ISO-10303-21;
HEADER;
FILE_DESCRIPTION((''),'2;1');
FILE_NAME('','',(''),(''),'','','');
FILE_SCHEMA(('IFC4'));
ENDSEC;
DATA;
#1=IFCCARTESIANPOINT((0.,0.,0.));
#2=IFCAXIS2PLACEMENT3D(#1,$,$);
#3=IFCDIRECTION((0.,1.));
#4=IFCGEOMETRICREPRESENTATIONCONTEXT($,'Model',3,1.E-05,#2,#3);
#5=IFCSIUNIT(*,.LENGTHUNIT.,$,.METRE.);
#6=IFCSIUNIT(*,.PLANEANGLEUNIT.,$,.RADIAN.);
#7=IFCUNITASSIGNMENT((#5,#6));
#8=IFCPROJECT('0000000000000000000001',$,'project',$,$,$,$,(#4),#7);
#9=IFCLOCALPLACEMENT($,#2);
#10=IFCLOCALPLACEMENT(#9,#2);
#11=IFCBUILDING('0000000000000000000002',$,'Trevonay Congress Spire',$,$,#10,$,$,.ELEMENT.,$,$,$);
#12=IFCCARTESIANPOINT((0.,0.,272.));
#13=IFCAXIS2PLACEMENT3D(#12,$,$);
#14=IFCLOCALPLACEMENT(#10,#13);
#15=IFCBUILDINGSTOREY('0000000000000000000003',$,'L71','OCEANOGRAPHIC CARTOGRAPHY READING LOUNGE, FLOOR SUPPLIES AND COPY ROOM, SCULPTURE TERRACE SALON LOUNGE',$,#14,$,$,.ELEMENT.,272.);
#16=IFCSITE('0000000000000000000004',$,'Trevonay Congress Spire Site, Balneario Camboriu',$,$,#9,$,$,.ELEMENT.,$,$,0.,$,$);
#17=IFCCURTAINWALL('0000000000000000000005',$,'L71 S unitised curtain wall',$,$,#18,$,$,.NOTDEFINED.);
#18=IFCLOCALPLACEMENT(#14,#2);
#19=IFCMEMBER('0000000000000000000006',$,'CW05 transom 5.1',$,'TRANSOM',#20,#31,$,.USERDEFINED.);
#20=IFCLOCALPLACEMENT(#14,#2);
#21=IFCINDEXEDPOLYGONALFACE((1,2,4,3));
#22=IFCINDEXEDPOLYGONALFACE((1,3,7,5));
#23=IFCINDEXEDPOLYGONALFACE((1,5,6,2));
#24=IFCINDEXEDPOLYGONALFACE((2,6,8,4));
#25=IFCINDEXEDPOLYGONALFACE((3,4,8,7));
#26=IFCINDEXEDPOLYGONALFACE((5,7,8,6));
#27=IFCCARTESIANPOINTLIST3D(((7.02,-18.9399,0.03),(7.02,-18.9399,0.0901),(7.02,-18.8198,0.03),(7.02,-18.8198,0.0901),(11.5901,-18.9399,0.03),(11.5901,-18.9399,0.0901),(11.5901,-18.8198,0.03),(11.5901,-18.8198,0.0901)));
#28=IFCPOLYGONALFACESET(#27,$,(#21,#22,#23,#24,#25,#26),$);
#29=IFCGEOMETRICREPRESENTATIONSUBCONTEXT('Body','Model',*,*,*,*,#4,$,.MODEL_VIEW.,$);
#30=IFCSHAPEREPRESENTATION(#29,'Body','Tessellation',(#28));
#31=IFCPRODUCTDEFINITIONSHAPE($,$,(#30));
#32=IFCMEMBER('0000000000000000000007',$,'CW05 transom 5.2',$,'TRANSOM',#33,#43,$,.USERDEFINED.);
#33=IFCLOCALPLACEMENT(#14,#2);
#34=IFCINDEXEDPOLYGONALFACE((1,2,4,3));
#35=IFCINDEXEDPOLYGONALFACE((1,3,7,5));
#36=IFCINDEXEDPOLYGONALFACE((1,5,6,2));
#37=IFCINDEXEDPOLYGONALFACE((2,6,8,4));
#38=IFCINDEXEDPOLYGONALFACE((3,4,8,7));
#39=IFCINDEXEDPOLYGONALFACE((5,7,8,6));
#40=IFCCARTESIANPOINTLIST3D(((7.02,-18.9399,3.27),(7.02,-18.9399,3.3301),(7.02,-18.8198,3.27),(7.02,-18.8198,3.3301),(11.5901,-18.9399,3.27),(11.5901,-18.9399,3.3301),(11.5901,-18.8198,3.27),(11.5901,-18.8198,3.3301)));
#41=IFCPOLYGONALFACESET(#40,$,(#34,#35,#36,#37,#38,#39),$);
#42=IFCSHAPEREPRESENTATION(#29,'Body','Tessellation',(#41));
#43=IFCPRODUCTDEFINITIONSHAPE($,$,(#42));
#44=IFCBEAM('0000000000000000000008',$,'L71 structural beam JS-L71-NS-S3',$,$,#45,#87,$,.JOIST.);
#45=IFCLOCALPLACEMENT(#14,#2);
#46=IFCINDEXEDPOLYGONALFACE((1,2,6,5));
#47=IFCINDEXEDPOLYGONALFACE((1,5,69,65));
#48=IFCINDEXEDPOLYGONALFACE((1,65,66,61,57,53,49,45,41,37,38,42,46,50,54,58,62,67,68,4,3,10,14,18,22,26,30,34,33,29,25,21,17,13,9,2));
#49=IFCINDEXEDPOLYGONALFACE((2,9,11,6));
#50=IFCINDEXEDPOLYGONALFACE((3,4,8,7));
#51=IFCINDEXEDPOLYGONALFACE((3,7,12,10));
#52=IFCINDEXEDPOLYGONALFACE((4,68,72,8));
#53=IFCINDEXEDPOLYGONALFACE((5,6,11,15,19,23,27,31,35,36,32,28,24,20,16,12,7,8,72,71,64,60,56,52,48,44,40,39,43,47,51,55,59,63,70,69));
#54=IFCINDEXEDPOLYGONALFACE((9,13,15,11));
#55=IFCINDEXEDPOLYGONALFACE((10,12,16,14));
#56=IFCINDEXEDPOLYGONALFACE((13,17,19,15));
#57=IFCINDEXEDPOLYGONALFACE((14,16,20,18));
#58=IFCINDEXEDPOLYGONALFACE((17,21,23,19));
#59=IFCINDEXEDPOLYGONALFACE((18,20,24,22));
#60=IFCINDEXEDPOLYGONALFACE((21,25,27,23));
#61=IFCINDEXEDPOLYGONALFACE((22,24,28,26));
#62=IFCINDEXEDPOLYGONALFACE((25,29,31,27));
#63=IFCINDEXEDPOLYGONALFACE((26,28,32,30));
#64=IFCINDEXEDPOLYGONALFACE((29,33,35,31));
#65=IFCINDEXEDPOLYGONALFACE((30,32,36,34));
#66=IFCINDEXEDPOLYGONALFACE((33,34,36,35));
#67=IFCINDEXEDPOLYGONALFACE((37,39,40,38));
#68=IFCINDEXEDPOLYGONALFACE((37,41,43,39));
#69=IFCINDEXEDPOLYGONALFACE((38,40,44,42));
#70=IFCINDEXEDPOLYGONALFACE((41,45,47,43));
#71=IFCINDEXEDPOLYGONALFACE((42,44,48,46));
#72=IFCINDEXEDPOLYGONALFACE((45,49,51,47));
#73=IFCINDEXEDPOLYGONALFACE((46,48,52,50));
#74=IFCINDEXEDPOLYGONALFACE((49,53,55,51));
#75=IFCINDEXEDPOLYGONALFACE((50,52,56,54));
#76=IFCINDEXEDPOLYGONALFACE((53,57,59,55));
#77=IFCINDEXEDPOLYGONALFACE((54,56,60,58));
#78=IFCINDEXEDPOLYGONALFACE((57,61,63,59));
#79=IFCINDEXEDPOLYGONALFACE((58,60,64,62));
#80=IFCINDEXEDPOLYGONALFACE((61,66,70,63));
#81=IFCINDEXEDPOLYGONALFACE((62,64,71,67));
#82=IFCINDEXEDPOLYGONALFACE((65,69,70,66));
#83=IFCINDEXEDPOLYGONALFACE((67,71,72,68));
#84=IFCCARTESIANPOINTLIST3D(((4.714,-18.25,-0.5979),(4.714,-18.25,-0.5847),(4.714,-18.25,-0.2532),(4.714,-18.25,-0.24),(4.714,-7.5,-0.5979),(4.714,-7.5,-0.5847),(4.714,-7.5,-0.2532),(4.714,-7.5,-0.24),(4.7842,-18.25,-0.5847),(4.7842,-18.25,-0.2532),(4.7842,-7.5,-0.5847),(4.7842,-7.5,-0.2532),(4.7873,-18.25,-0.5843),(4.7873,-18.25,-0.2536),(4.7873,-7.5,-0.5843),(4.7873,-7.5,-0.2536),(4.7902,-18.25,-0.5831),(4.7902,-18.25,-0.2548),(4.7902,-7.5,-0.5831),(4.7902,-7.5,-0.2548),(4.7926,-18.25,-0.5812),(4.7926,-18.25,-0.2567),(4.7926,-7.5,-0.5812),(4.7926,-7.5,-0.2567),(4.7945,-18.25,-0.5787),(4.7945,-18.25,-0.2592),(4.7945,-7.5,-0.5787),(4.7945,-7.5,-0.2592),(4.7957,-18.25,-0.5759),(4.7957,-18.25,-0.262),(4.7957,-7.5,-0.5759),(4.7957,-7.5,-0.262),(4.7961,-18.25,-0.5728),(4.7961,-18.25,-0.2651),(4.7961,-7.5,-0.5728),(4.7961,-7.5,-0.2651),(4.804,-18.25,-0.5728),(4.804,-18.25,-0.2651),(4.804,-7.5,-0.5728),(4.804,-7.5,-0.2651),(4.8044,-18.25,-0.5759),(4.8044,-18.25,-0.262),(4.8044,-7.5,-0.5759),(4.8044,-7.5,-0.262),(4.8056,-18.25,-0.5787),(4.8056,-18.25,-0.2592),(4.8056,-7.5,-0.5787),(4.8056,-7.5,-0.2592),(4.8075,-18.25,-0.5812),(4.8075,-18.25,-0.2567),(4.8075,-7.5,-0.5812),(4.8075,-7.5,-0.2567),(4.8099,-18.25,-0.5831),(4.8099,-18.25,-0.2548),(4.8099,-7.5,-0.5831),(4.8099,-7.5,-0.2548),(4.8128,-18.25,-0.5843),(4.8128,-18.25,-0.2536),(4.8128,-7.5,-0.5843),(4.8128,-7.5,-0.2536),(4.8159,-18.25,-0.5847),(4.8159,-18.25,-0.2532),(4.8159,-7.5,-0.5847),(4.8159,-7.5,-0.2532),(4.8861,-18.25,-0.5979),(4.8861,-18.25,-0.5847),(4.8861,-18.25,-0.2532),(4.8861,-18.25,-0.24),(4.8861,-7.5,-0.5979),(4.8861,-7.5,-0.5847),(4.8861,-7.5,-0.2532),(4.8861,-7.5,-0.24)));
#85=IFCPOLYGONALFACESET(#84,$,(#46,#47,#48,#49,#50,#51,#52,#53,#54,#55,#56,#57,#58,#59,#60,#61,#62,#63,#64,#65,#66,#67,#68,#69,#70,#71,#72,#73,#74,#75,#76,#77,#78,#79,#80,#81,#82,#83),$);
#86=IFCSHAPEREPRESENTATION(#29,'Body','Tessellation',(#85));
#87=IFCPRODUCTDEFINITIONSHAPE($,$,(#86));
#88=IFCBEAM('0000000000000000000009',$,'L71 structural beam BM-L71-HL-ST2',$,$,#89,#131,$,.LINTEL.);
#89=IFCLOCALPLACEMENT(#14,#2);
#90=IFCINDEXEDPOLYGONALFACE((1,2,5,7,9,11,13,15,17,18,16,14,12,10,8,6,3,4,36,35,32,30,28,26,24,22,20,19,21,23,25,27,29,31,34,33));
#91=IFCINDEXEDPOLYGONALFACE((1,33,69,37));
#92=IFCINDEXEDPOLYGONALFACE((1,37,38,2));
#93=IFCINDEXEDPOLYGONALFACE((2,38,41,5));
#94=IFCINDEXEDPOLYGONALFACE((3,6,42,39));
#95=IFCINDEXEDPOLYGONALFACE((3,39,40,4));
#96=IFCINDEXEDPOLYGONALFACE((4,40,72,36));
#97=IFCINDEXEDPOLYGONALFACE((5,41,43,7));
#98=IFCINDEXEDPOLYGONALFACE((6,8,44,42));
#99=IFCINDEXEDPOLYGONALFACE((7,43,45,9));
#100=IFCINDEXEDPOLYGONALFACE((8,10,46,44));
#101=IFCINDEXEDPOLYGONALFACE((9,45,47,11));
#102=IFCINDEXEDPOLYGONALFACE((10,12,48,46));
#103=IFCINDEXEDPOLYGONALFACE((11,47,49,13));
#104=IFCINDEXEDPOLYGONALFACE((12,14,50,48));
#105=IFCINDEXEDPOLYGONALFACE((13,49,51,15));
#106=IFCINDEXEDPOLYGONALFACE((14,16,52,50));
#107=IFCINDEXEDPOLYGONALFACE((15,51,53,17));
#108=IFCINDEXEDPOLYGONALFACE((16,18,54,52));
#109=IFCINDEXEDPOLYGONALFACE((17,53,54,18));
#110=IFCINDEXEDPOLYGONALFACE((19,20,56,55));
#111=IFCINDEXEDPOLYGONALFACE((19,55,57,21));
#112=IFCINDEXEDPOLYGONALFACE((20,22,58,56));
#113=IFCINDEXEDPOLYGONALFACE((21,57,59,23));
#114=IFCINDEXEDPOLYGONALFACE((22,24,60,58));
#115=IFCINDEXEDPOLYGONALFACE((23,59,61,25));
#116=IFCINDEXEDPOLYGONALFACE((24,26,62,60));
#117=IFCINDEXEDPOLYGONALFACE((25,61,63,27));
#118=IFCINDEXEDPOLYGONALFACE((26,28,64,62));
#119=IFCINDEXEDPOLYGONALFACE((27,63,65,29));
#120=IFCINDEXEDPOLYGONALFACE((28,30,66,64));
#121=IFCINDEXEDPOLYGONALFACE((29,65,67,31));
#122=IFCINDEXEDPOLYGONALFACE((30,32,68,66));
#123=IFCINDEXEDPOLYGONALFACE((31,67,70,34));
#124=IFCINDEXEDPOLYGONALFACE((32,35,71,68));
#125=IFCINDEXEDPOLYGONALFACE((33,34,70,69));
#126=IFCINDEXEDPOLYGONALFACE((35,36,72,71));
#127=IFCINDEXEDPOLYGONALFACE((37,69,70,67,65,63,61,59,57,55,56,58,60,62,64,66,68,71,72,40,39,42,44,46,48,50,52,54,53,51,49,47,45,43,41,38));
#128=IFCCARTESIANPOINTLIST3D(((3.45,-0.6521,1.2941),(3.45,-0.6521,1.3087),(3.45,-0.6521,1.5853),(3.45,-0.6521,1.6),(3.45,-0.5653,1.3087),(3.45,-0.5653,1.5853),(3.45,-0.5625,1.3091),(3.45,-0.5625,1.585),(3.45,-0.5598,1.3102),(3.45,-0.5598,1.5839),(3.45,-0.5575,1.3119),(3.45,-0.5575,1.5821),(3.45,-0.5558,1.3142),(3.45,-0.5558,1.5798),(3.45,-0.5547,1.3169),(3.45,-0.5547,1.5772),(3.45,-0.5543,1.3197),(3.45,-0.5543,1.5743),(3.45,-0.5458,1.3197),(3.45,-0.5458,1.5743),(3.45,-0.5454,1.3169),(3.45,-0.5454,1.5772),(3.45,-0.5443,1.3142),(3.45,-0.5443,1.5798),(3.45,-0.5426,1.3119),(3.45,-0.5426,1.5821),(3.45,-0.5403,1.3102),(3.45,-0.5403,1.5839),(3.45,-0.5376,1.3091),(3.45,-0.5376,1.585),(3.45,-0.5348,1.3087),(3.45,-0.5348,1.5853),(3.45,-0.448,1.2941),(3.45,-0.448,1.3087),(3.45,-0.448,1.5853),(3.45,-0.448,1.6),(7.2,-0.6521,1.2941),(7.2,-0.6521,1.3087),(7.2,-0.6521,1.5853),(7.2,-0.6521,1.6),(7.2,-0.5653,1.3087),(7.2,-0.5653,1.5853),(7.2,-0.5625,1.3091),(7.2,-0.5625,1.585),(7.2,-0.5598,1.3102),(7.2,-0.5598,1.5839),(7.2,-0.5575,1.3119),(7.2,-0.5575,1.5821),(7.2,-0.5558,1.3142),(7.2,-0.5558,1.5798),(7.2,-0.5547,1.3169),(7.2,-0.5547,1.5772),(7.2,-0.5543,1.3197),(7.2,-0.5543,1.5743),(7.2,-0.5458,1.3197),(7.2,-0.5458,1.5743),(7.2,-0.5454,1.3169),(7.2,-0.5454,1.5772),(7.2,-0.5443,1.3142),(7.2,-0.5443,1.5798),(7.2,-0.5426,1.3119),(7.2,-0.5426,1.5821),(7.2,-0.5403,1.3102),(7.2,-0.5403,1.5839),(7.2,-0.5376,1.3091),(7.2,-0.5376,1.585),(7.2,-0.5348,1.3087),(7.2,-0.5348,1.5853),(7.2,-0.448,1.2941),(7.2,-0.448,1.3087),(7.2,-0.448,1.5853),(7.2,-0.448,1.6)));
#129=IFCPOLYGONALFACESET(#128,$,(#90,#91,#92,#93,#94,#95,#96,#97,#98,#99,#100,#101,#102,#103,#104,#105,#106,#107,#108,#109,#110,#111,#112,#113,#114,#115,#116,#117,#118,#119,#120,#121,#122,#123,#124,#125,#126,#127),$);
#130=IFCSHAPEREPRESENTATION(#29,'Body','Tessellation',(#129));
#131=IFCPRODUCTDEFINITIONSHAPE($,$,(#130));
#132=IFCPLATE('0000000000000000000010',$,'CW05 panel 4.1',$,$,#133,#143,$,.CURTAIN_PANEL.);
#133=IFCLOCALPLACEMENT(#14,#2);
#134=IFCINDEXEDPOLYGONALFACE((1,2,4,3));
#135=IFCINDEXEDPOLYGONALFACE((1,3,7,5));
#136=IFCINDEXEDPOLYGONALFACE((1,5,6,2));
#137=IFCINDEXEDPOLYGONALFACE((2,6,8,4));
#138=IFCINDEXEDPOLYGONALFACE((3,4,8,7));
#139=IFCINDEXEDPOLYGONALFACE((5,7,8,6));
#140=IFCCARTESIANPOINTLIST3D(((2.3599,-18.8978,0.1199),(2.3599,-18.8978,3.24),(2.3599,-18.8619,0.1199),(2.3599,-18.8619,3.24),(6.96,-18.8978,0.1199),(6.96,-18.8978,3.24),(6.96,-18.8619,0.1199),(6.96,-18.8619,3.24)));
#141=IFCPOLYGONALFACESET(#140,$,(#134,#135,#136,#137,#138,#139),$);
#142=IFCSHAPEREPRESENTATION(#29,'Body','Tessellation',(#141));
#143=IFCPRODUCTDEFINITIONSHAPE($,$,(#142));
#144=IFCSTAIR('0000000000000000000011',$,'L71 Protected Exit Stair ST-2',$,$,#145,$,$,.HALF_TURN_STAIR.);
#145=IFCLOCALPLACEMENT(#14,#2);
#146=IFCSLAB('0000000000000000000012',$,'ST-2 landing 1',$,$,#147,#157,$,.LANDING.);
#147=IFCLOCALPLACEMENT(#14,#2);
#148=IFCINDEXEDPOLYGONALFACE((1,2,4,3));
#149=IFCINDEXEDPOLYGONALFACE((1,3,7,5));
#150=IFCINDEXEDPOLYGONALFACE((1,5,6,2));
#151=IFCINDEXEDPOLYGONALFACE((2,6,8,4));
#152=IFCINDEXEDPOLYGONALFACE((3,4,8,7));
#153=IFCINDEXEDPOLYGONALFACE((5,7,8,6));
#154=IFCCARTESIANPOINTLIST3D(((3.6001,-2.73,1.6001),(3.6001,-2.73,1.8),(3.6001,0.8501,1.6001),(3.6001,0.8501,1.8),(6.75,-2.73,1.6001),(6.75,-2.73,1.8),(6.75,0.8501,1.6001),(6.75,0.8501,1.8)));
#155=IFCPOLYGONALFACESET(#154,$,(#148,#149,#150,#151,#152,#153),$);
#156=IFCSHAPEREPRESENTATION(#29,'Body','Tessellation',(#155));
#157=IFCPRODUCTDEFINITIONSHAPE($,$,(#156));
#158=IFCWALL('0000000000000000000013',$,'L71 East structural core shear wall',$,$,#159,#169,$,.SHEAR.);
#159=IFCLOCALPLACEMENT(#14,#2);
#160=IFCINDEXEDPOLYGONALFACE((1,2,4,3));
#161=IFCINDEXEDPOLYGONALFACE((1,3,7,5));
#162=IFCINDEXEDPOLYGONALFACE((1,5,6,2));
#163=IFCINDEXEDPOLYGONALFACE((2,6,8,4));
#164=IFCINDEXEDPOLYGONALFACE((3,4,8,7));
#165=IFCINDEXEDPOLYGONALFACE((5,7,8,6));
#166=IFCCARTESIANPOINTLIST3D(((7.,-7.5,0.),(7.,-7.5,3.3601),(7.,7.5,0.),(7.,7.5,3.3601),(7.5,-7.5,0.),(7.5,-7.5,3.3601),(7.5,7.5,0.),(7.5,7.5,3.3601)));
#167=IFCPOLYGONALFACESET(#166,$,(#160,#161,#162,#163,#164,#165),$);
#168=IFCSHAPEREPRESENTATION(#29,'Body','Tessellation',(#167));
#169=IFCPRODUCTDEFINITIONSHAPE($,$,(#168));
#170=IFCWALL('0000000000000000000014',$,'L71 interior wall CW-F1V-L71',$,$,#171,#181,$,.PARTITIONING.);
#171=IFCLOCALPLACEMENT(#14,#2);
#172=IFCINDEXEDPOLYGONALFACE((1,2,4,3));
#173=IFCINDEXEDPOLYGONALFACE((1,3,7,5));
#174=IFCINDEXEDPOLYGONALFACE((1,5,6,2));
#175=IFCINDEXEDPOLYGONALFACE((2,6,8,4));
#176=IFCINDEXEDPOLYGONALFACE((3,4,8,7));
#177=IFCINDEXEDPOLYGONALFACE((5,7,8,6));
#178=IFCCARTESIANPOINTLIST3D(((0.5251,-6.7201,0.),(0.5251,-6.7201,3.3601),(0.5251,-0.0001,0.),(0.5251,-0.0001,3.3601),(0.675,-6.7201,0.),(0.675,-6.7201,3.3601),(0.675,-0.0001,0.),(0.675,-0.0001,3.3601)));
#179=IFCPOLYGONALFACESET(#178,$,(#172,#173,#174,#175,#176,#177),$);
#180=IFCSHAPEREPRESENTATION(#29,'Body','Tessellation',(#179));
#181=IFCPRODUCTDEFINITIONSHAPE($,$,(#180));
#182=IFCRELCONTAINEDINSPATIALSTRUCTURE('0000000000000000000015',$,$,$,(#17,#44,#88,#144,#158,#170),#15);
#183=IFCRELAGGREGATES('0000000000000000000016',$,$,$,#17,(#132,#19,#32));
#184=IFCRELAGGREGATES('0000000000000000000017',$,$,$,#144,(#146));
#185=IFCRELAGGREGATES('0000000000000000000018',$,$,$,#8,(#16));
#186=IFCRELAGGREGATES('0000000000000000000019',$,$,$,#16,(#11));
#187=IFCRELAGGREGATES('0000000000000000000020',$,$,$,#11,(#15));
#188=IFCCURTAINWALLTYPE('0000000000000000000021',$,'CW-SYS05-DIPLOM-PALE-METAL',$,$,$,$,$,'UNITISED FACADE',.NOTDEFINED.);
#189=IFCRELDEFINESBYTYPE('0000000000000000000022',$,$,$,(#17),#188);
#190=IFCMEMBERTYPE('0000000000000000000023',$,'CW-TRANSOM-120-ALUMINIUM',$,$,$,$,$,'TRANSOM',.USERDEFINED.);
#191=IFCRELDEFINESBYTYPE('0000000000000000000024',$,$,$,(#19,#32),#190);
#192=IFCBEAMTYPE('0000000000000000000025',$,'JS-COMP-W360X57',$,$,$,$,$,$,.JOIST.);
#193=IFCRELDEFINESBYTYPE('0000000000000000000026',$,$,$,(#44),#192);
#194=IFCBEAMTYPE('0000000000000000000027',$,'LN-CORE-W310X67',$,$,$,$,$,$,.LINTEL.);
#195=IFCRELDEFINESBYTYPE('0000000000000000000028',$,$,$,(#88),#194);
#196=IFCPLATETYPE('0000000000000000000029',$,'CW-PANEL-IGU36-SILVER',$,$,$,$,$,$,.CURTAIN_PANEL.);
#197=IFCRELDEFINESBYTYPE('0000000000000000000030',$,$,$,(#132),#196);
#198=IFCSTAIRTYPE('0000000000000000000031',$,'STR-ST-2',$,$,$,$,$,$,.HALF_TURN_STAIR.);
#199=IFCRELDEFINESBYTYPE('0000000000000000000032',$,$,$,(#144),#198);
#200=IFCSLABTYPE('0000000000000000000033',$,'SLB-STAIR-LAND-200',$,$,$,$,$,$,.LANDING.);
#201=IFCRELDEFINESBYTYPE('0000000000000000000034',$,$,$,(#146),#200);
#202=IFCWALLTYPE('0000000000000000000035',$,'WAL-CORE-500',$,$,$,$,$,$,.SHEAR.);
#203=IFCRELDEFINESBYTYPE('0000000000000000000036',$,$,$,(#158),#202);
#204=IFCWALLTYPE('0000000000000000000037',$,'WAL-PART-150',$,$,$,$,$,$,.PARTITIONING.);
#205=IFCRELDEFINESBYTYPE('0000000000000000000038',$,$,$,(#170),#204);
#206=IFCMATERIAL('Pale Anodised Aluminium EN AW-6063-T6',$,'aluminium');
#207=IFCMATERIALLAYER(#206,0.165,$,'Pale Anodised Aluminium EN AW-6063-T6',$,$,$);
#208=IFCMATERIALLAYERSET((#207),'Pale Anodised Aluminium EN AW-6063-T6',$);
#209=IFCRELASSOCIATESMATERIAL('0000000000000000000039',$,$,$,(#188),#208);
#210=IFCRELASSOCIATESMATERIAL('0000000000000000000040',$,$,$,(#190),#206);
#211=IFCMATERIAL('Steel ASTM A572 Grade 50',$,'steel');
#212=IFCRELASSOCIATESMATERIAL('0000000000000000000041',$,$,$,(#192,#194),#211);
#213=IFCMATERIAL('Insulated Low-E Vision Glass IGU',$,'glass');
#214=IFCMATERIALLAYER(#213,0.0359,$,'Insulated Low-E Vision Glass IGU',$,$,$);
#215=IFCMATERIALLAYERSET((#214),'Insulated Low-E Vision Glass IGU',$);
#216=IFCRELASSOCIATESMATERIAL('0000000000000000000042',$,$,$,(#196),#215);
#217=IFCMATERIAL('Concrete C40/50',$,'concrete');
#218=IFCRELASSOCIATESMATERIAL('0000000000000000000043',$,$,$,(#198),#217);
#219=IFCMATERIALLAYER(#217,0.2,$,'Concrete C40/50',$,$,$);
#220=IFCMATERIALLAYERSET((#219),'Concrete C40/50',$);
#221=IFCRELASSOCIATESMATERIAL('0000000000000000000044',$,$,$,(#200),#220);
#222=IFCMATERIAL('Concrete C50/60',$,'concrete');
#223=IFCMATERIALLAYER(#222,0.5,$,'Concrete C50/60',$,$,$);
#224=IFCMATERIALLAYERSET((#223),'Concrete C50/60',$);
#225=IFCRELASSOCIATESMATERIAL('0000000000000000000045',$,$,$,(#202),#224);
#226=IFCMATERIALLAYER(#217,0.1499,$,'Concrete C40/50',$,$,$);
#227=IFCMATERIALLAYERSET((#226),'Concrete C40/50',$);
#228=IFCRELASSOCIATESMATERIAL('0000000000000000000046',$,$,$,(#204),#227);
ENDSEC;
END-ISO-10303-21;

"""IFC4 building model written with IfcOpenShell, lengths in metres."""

from ifc_helpers import new_model, si_unit, direction, frame, frame_2d, origin, origin_2d, place, context, subcontext, project, spatial, polyline, rectangle, i_section, outline, extrude, material, layer, layer_set, material_profile, profile_set, type_object, element, aggregate, save


model = new_model("IFC4")

# Units and contexts
model_context = context("Model", 3, precision=1e-05, world=origin(), true_north=direction((0.0, 1.0)))
body_context = subcontext(model_context, "Body", "Model", "MODEL_VIEW")
ifc_project = project(units=[si_unit("LENGTHUNIT", "METRE"), si_unit("PLANEANGLEUNIT", "RADIAN")], contexts=[model_context])

# Site, building, storey
site_placement = place(None, origin())
site = spatial("IfcSite", under=ifc_project, at=site_placement, Name="Trevonay Congress Spire Site, Balneario Camboriu", CompositionType="ELEMENT", RefElevation=0.0)
building_placement = place(site_placement, origin())
building = spatial("IfcBuilding", under=site, at=building_placement, Name="Trevonay Congress Spire", CompositionType="ELEMENT")
storey_placement = place(building_placement, frame((0.0, 0.0, 272.0)))
storey = spatial("IfcBuildingStorey", under=building, at=storey_placement, Name="L71", Description="OCEANOGRAPHIC CARTOGRAPHY READING LOUNGE, FLOOR SUPPLIES AND COPY ROOM, SCULPTURE TERRACE SALON LOUNGE", CompositionType="ELEMENT", Elevation=272.0)

# Shared definitions
ifc_material_1 = material(Name="Steel ASTM A572 Grade 50", Category="steel")

# Curtain wall, members
ifc_material_2 = material(Name="Pale Anodised Aluminium EN AW-6063-T6", Category="aluminium")
ifc_layer_1 = layer(ifc_material_2, 0.165, Name="Pale Anodised Aluminium EN AW-6063-T6")
ifc_layer_set_1 = layer_set([ifc_layer_1], Name="Pale Anodised Aluminium EN AW-6063-T6")
curtain_wall_type = type_object("IfcCurtainWallType", Name="CW-SYS05-DIPLOM-PALE-METAL", ElementType="UNITISED FACADE", PredefinedType="NOTDEFINED", material=ifc_layer_set_1)
curtain_wall_placement = place(storey_placement, origin())
curtain_wall = element("IfcCurtainWall", 1, at=curtain_wall_placement, inside=storey, type_object=curtain_wall_type, Name="L71 S unitised curtain wall", PredefinedType="NOTDEFINED")
ifc_material_profile_1 = material_profile(ifc_material_2, rectangle(XDim=0.1201, YDim=0.0601, at=origin_2d()), Name="CW-TRANSOM-120-ALUMINIUM")
ifc_profile_set_1 = profile_set([ifc_material_profile_1], Name="Pale Anodised Aluminium EN AW-6063-T6")
member_type_1 = type_object("IfcMemberType", Name="CW-TRANSOM-120-ALUMINIUM", ElementType="TRANSOM", PredefinedType="USERDEFINED", material=ifc_profile_set_1)
member_1_placement = place(storey_placement, frame((7.02, -18.8799, 0.0601), z_axis=(1.0, 0.0, 0.0), x_axis=(0.0, 1.0, 0.0)))
member_1 = element("IfcMember", 2, at=member_1_placement, type_object=member_type_1, Name="CW05 transom 5.1", ObjectType="TRANSOM", PredefinedType="USERDEFINED", context=body_context, shape_type="SweptSolid", body=[
    extrude(rectangle(XDim=0.1201, YDim=0.0601, at=origin_2d()), origin(), (0.0, 0.0, 1.0), 4.5701),
])
member_2_placement = place(storey_placement, frame((7.02, -18.8799, 3.3), z_axis=(1.0, 0.0, 0.0), x_axis=(0.0, 1.0, 0.0)))
member_2 = element("IfcMember", 3, at=member_2_placement, type_object=member_type_1, Name="CW05 transom 5.2", ObjectType="TRANSOM", PredefinedType="USERDEFINED", context=body_context, shape_type="SweptSolid", body=[
    extrude(rectangle(XDim=0.1201, YDim=0.0601, at=origin_2d()), origin(), (0.0, 0.0, 1.0), 4.5701),
])

# Beams
ifc_material_profile_2 = material_profile(ifc_material_1, i_section(OverallWidth=0.1721, OverallDepth=0.3579, WebThickness=0.0078, FlangeThickness=0.0132, FilletRadius=0.012, at=origin_2d()), Name="W360x57.8")
ifc_profile_set_2 = profile_set([ifc_material_profile_2], Name="Steel ASTM A572 Grade 50")
beam_type_1 = type_object("IfcBeamType", Name="JS-COMP-W360X57", PredefinedType="JOIST", material=ifc_profile_set_2)
beam_1_placement = place(storey_placement, frame((4.8, -18.25, -0.4189), z_axis=(0.0, 1.0, 0.0), x_axis=(-1.0, 0.0, 0.0)))
element("IfcBeam", 4, at=beam_1_placement, inside=storey, type_object=beam_type_1, Name="L71 structural beam JS-L71-NS-S3", PredefinedType="JOIST", context=body_context, shape_type="SweptSolid", body=[
    extrude(i_section(OverallWidth=0.1721, OverallDepth=0.3579, WebThickness=0.0078, FlangeThickness=0.0132, FilletRadius=0.012, at=origin_2d()), origin(), (0.0, 0.0, 1.0), 10.75),
])
ifc_material_profile_3 = material_profile(ifc_material_1, i_section(OverallWidth=0.2041, OverallDepth=0.3059, WebThickness=0.0085, FlangeThickness=0.0146, FilletRadius=0.011, at=origin_2d()), Name="W310x67")
ifc_profile_set_3 = profile_set([ifc_material_profile_3], Name="Steel ASTM A572 Grade 50")
beam_type_2 = type_object("IfcBeamType", Name="LN-CORE-W310X67", PredefinedType="LINTEL", material=ifc_profile_set_3)
beam_2_placement = place(storey_placement, frame((3.45, -0.55, 1.447), z_axis=(1.0, 0.0, 0.0), x_axis=(0.0, 1.0, 0.0)))
element("IfcBeam", 5, at=beam_2_placement, inside=storey, type_object=beam_type_2, Name="L71 structural beam BM-L71-HL-ST2", PredefinedType="LINTEL", context=body_context, shape_type="SweptSolid", body=[
    extrude(i_section(OverallWidth=0.2041, OverallDepth=0.3059, WebThickness=0.0085, FlangeThickness=0.0146, FilletRadius=0.011, at=origin_2d()), origin(), (0.0, 0.0, 1.0), 3.75),
])

# Plate
ifc_material_3 = material(Name="Insulated Low-E Vision Glass IGU", Category="glass")
ifc_layer_2 = layer(ifc_material_3, 0.0359, Name="Insulated Low-E Vision Glass IGU")
ifc_layer_set_2 = layer_set([ifc_layer_2], Name="Insulated Low-E Vision Glass IGU")
plate_type = type_object("IfcPlateType", Name="CW-PANEL-IGU36-SILVER", PredefinedType="CURTAIN_PANEL", material=ifc_layer_set_2)
plate_placement = place(storey_placement, frame((4.6599, -18.8799, 0.1199), z_axis=(0.0, 0.0, 1.0), x_axis=(1.0, 0.0, 0.0)))
plate = element("IfcPlate", 6, at=plate_placement, type_object=plate_type, Name="CW05 panel 4.1", PredefinedType="CURTAIN_PANEL", context=body_context, shape_type="SweptSolid", body=[
    extrude(rectangle(XDim=4.6001, YDim=0.0359, at=origin_2d()), origin(), (0.0, 0.0, 1.0), 3.1201),
])
aggregate(curtain_wall, [plate, member_1, member_2])

# Stair, slab
ifc_material_4 = material(Name="Concrete C40/50", Category="concrete")
stair_type = type_object("IfcStairType", Name="STR-ST-2", PredefinedType="HALF_TURN_STAIR", material=ifc_material_4)
stair_placement = place(storey_placement, origin())
stair = element("IfcStair", 7, at=stair_placement, inside=storey, type_object=stair_type, Name="L71 Protected Exit Stair ST-2", PredefinedType="HALF_TURN_STAIR")
ifc_layer_3 = layer(ifc_material_4, 0.2, Name="Concrete C40/50")
ifc_layer_set_3 = layer_set([ifc_layer_3], Name="Concrete C40/50")
slab_type = type_object("IfcSlabType", Name="SLB-STAIR-LAND-200", PredefinedType="LANDING", material=ifc_layer_set_3)
slab_placement = place(storey_placement, frame((0.0, 0.0, 1.6001)))
slab = element("IfcSlab", 8, at=slab_placement, type_object=slab_type, Name="ST-2 landing 1", PredefinedType="LANDING", context=body_context, shape_type="SweptSolid", body=[
    extrude(outline(polyline([(6.75, -2.73), (6.75, 0.8501), (3.6001, 0.8501), (3.6001, -2.73), (6.75, -2.73)])), origin(), (0.0, 0.0, 1.0), 0.2),
])

# Walls
ifc_material_5 = material(Name="Concrete C50/60", Category="concrete")
ifc_layer_4 = layer(ifc_material_5, 0.5, Name="Concrete C50/60")
ifc_layer_set_4 = layer_set([ifc_layer_4], Name="Concrete C50/60")
wall_type_1 = type_object("IfcWallType", Name="WAL-CORE-500", PredefinedType="SHEAR", material=ifc_layer_set_4)
wall_1_placement = place(storey_placement, frame((7.25, -7.5, 0.0), z_axis=(0.0, 0.0, 1.0), x_axis=(0.0, 1.0, 0.0)))
element("IfcWall", 9, at=wall_1_placement, inside=storey, type_object=wall_type_1, Name="L71 East structural core shear wall", PredefinedType="SHEAR", context=body_context, shape_type="SweptSolid", body=[
    extrude(rectangle(XDim=15.0, YDim=0.5, at=frame_2d((7.5, 0.0))), origin(), (0.0, 0.0, 1.0), 3.3601),
])
ifc_layer_5 = layer(ifc_material_4, 0.1499, Name="Concrete C40/50")
ifc_layer_set_5 = layer_set([ifc_layer_5], Name="Concrete C40/50")
wall_type_2 = type_object("IfcWallType", Name="WAL-PART-150", PredefinedType="PARTITIONING", material=ifc_layer_set_5)
wall_2_placement = place(storey_placement, frame((0.6001, -6.72, 0.0), z_axis=(0.0, 0.0, 1.0), x_axis=(0.0, 1.0, 0.0)))
element("IfcWall", 10, at=wall_2_placement, inside=storey, type_object=wall_type_2, Name="L71 interior wall CW-F1V-L71", PredefinedType="PARTITIONING", context=body_context, shape_type="SweptSolid", body=[
    extrude(rectangle(XDim=6.72, YDim=0.1499, at=frame_2d((3.3599, 0.0))), origin(), (0.0, 0.0, 1.0), 3.3601),
])

aggregate(stair, [slab])

save(model, "model.ifc")
